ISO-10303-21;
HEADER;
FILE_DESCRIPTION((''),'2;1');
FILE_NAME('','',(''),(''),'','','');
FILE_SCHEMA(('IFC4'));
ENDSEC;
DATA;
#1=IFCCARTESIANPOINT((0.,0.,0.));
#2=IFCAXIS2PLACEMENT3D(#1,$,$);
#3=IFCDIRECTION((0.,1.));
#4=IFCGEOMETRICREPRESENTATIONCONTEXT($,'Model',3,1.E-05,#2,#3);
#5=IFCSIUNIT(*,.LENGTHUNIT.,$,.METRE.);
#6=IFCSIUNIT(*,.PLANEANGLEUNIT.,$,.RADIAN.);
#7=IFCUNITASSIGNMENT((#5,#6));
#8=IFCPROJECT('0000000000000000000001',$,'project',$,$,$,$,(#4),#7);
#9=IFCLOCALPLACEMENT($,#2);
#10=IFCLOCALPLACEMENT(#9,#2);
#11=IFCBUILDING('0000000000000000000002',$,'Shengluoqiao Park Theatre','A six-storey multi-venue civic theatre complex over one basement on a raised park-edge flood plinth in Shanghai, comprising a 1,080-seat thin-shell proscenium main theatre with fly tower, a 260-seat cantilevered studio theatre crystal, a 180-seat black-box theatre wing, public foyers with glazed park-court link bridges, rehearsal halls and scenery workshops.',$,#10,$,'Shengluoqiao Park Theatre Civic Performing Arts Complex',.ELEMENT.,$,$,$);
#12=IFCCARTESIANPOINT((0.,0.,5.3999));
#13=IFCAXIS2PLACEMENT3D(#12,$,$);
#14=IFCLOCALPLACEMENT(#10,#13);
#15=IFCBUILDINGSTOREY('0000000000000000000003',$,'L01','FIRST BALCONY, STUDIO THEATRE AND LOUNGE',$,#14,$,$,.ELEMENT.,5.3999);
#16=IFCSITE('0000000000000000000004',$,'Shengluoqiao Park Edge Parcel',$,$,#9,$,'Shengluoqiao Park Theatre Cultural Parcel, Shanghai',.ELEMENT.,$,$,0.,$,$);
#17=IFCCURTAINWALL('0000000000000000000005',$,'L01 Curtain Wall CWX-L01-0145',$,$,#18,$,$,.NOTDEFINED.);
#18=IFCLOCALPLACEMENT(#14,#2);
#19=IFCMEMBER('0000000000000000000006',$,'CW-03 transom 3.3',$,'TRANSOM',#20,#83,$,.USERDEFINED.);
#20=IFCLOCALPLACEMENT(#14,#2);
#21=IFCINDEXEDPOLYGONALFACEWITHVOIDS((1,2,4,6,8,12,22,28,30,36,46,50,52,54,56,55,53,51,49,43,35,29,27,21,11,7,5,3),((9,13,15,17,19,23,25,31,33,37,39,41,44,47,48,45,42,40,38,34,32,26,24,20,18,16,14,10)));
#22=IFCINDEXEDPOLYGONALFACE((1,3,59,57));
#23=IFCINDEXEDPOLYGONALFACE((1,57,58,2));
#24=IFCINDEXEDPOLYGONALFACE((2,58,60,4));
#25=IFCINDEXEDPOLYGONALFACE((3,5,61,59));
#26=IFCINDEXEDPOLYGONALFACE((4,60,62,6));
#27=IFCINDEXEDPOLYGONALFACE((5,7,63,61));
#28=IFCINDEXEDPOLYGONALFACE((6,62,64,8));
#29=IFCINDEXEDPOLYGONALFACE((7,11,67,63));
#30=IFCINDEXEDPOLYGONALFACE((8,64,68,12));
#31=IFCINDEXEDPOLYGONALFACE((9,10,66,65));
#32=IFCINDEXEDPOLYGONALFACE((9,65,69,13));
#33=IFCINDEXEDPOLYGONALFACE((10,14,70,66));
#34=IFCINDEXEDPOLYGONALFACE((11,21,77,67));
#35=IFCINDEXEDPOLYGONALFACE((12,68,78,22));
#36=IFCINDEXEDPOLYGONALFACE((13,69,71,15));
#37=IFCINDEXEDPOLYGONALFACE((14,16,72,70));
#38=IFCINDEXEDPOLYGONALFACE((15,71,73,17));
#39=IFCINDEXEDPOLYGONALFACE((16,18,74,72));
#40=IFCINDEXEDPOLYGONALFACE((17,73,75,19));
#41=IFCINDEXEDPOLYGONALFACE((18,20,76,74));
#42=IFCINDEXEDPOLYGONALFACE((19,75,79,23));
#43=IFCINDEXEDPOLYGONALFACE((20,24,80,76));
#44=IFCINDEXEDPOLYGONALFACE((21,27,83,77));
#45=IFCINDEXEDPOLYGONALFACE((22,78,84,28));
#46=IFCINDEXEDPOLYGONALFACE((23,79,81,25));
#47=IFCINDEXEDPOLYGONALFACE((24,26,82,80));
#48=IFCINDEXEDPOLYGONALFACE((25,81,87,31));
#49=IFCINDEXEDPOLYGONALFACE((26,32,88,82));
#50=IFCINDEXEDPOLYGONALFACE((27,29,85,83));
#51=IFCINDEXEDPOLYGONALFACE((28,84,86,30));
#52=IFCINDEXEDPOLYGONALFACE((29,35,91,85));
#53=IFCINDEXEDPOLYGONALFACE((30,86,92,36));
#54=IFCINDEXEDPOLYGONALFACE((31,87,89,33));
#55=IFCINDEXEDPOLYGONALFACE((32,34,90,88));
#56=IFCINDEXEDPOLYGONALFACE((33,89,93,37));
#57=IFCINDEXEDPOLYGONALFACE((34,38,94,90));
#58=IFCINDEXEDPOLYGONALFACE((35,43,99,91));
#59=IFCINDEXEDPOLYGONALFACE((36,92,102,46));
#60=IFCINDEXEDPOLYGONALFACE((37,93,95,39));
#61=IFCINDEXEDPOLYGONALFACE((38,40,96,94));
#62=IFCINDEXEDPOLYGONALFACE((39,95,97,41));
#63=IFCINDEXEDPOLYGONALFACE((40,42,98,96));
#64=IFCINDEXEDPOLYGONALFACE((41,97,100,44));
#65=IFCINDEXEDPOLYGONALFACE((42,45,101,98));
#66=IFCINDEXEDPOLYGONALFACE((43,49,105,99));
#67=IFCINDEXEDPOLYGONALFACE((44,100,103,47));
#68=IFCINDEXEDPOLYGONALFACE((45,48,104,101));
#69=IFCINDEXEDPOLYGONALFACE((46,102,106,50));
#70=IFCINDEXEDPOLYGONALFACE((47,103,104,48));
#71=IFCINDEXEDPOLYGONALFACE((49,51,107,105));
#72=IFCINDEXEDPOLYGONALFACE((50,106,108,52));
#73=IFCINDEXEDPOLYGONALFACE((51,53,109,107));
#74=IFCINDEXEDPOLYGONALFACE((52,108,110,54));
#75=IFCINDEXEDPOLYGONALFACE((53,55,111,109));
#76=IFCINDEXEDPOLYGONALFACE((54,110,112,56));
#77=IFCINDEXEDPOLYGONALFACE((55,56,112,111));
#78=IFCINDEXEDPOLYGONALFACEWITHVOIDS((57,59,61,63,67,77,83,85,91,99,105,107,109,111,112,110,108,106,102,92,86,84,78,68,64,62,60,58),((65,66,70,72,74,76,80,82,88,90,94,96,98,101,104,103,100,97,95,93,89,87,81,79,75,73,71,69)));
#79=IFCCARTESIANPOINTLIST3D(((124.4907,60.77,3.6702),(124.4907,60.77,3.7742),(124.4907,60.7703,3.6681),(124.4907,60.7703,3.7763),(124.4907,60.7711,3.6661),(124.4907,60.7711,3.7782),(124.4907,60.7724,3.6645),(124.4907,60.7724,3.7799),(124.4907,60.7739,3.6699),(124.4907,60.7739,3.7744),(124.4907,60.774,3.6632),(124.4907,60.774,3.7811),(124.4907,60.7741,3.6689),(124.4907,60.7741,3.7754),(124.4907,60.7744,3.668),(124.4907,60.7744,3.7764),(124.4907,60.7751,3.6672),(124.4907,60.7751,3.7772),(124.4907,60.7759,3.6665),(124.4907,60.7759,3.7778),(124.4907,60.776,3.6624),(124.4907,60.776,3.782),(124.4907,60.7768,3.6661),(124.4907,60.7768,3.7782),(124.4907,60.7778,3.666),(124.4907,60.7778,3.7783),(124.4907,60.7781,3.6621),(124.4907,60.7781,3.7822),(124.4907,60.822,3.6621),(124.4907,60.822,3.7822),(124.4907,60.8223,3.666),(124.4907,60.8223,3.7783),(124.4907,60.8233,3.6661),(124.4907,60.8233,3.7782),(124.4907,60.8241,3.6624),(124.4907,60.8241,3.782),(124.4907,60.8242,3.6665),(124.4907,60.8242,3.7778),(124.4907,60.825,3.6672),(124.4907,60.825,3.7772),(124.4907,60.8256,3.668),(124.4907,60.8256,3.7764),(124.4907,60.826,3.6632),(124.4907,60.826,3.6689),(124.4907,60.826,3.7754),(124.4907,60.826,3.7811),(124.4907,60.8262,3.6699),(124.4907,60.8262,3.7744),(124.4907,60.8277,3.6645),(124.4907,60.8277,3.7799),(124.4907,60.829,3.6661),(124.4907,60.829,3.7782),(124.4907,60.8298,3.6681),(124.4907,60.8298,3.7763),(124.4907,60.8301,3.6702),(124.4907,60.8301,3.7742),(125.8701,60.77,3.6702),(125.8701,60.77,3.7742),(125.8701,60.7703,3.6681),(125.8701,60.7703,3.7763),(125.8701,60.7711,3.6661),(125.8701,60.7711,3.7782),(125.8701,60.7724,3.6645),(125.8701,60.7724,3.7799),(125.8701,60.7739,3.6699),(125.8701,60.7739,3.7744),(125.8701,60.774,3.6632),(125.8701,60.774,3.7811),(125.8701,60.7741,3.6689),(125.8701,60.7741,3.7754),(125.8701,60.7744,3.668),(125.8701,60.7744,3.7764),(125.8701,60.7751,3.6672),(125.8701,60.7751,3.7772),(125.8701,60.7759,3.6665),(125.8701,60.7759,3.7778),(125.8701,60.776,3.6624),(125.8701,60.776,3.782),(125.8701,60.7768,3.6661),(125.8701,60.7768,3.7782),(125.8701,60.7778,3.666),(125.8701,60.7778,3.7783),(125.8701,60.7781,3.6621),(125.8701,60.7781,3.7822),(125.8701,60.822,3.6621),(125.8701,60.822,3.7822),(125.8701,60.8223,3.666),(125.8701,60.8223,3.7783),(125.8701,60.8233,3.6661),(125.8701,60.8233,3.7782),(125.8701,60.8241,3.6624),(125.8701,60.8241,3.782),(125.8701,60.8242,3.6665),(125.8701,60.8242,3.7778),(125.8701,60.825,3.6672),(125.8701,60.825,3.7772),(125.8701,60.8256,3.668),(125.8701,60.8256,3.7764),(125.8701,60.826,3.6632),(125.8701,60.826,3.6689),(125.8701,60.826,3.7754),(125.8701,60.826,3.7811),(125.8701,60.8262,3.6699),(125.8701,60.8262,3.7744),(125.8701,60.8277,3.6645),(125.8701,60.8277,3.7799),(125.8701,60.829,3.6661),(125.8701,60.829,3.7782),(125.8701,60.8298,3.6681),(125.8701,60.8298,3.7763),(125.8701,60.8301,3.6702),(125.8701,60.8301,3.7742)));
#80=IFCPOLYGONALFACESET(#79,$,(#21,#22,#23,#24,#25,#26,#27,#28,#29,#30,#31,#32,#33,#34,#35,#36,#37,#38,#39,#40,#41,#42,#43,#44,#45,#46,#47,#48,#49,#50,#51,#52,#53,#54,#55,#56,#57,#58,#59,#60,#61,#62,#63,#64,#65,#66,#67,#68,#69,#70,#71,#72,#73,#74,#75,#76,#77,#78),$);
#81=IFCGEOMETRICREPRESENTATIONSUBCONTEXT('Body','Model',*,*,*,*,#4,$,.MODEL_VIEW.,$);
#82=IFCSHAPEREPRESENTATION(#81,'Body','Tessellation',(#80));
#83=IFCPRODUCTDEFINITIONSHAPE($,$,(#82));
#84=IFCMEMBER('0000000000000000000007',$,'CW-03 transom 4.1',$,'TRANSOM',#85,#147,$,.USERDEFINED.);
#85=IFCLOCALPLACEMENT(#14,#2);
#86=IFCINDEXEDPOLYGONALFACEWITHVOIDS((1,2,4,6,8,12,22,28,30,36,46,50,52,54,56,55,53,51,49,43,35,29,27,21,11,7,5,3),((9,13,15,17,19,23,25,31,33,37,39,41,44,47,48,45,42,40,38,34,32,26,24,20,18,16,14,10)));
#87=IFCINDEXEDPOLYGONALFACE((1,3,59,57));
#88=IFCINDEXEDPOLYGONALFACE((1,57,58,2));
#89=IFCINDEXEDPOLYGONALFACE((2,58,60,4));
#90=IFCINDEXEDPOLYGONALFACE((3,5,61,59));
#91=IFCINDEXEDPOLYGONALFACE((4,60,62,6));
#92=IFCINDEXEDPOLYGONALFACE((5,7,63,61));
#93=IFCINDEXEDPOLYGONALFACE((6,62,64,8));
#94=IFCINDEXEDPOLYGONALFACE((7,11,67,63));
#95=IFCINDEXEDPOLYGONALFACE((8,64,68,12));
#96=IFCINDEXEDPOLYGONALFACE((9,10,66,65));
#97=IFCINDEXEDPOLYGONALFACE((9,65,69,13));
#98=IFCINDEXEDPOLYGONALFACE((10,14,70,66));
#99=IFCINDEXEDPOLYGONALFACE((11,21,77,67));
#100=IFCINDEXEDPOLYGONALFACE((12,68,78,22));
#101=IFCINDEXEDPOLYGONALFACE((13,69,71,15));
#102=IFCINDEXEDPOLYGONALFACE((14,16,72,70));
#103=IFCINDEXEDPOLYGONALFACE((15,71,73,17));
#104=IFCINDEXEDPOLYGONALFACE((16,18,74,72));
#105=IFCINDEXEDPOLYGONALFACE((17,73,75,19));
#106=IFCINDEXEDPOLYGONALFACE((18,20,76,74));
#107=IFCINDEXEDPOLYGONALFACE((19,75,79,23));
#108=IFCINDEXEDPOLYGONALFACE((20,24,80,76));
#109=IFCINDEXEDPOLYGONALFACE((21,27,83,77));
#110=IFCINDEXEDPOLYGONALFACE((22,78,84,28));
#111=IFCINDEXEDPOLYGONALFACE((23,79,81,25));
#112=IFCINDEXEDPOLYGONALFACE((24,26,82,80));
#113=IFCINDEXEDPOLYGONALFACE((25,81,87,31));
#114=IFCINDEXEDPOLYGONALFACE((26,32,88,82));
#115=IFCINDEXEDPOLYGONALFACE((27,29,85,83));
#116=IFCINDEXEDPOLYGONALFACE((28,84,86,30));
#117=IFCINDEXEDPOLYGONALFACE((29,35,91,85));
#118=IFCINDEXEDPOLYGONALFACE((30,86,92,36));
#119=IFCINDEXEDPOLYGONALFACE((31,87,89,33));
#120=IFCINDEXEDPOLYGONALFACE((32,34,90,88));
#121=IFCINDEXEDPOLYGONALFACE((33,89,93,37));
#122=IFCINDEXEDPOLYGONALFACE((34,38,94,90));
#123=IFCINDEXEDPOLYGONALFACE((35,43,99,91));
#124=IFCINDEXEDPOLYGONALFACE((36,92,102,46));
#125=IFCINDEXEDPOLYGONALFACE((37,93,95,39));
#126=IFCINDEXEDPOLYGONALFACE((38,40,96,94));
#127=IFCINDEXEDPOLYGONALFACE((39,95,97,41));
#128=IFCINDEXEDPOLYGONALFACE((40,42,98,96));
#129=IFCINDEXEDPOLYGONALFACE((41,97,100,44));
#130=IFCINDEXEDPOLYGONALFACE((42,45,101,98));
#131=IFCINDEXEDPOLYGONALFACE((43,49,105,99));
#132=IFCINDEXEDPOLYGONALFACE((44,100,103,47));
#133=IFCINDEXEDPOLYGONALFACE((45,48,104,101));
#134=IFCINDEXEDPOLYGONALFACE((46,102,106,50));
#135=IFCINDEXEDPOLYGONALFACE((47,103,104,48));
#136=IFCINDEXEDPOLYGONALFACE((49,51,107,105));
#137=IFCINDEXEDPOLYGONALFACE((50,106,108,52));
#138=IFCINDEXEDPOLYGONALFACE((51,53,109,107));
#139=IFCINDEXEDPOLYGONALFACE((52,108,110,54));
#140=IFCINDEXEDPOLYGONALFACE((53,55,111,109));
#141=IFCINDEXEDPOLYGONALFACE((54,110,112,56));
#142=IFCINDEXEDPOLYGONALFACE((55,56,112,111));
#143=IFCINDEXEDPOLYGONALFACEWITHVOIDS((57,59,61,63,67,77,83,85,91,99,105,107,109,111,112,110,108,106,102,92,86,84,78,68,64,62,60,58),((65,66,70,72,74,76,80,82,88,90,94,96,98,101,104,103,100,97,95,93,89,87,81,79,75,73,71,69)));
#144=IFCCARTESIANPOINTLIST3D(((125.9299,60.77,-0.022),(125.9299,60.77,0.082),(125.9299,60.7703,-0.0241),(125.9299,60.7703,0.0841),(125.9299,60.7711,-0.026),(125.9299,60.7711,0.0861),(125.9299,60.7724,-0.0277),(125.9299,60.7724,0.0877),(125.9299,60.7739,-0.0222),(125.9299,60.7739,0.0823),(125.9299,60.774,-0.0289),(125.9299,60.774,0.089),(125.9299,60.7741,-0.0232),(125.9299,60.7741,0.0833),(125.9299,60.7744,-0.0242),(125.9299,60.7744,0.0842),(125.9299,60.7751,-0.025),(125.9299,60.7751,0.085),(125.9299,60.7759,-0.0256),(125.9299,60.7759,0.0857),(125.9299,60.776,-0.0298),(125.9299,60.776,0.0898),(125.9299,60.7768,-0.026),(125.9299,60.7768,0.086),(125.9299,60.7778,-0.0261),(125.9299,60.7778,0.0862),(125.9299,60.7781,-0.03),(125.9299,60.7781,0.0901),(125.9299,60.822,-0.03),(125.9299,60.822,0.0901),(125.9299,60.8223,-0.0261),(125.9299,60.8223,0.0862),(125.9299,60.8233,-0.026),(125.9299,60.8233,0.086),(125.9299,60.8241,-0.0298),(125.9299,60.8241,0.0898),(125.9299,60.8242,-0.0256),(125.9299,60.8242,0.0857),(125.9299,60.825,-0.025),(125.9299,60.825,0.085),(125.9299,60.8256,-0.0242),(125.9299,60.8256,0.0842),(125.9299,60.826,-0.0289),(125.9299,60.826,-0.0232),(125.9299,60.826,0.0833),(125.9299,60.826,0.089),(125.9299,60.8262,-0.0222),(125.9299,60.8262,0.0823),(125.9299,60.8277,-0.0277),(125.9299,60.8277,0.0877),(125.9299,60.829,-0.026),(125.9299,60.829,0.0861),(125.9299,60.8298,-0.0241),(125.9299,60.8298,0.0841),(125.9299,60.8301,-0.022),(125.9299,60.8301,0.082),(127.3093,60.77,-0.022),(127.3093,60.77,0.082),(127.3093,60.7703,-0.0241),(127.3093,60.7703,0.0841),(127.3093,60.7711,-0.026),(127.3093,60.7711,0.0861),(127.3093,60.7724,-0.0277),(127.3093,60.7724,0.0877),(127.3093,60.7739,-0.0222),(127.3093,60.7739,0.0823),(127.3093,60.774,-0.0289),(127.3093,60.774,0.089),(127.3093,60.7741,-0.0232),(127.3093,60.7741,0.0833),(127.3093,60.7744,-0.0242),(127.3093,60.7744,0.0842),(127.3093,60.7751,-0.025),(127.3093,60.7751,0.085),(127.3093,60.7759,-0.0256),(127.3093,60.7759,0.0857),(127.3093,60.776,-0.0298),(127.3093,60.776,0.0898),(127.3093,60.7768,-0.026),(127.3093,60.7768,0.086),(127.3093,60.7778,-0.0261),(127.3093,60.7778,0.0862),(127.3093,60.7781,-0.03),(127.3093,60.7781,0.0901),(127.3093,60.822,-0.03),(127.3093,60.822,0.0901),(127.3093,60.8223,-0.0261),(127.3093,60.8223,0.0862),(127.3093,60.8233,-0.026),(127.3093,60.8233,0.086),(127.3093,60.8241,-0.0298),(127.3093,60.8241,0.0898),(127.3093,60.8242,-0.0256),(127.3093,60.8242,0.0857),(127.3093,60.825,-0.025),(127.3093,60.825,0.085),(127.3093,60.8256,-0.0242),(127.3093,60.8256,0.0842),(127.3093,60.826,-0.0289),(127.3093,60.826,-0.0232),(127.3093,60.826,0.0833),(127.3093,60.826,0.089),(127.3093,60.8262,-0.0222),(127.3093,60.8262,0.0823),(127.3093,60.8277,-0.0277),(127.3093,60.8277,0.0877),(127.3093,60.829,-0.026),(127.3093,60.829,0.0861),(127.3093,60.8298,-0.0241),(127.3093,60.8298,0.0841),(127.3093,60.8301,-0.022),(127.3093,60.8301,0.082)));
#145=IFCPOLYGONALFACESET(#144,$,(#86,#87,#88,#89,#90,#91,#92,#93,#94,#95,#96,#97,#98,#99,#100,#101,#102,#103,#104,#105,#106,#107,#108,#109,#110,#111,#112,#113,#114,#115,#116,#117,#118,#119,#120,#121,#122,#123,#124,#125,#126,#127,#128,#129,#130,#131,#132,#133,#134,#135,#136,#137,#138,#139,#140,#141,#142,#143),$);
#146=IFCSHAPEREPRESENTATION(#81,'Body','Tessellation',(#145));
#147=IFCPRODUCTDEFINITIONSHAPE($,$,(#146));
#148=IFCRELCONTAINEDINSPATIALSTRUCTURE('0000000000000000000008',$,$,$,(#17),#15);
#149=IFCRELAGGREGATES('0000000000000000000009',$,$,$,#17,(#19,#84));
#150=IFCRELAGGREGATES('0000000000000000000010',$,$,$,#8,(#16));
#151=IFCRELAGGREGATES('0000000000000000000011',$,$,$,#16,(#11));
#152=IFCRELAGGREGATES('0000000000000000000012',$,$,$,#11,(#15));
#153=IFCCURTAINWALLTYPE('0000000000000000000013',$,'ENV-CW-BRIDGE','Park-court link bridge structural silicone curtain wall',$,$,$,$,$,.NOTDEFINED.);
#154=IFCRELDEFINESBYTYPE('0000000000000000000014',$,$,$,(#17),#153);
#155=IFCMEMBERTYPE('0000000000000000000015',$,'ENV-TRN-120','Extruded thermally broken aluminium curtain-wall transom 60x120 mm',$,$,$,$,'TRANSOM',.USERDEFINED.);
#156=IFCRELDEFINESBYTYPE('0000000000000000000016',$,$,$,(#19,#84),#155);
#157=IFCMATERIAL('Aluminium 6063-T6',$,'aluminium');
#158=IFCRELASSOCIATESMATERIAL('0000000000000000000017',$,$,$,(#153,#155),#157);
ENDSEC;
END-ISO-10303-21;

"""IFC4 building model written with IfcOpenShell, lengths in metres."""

from ifc_helpers import new_model, si_unit, direction, frame, origin, origin_2d, place, context, subcontext, project, spatial, hollow_rectangle, extrude, material, material_profile, profile_set, type_object, element, aggregate, save


model = new_model("IFC4")

# Units and contexts
model_context = context("Model", 3, precision=1e-05, world=origin(), true_north=direction((0.0, 1.0)))
body_context = subcontext(model_context, "Body", "Model", "MODEL_VIEW")
ifc_project = project(units=[si_unit("LENGTHUNIT", "METRE"), si_unit("PLANEANGLEUNIT", "RADIAN")], contexts=[model_context])

# Site, building, storey
site_placement = place(None, origin())
site = spatial("IfcSite", under=ifc_project, at=site_placement, Name="Shengluoqiao Park Edge Parcel", LongName="Shengluoqiao Park Theatre Cultural Parcel, Shanghai", CompositionType="ELEMENT", RefElevation=0.0)
building_placement = place(site_placement, origin())
building = spatial("IfcBuilding", under=site, at=building_placement, Name="Shengluoqiao Park Theatre", Description="A six-storey multi-venue civic theatre complex over one basement on a raised park-edge flood plinth in Shanghai, comprising a 1,080-seat thin-shell proscenium main theatre with fly tower, a 260-seat cantilevered studio theatre crystal, a 180-seat black-box theatre wing, public foyers with glazed park-court link bridges, rehearsal halls and scenery workshops.", LongName="Shengluoqiao Park Theatre Civic Performing Arts Complex", CompositionType="ELEMENT")
storey_placement = place(building_placement, frame((0.0, 0.0, 5.3999)))
storey = spatial("IfcBuildingStorey", under=building, at=storey_placement, Name="L01", Description="FIRST BALCONY, STUDIO THEATRE AND LOUNGE", CompositionType="ELEMENT", Elevation=5.3999)

# Curtain wall, members
ifc_material_1 = material(Name="Aluminium 6063-T6", Category="aluminium")
curtain_wall_type = type_object("IfcCurtainWallType", Name="ENV-CW-BRIDGE", Description="Park-court link bridge structural silicone curtain wall", PredefinedType="NOTDEFINED", material=ifc_material_1)
curtain_wall_placement = place(storey_placement, origin())
curtain_wall = element("IfcCurtainWall", 1, at=curtain_wall_placement, inside=storey, type_object=curtain_wall_type, Name="L01 Curtain Wall CWX-L01-0145", PredefinedType="NOTDEFINED")
ifc_material_profile_1 = material_profile(ifc_material_1, hollow_rectangle(XDim=0.0601, YDim=0.1201, WallThickness=0.0039, InnerFilletRadius=0.0039, OuterFilletRadius=0.0081, at=origin_2d()), Name="ALU TRANSOM 120x60x4")
ifc_profile_set_1 = profile_set([ifc_material_profile_1], Name="Aluminium 6063-T6")
member_type_1 = type_object("IfcMemberType", Name="ENV-TRN-120", Description="Extruded thermally broken aluminium curtain-wall transom 60x120 mm", ElementType="TRANSOM", PredefinedType="USERDEFINED", material=ifc_profile_set_1)
member_1_placement = place(storey_placement, frame((124.4907, 60.8, 3.7222), z_axis=(1.0, 0.0, 0.0), x_axis=(0.0, 1.0, 0.0)))
member_1 = element("IfcMember", 2, at=member_1_placement, type_object=member_type_1, Name="CW-03 transom 3.3", ObjectType="TRANSOM", PredefinedType="USERDEFINED", context=body_context, shape_type="SweptSolid", body=[
    extrude(hollow_rectangle(XDim=0.0601, YDim=0.1201, WallThickness=0.0039, InnerFilletRadius=0.0039, OuterFilletRadius=0.0081, at=origin_2d()), origin(), (0.0, 0.0, 1.0), 1.3794),
])
member_2_placement = place(storey_placement, frame((125.9299, 60.8, 0.03), z_axis=(1.0, 0.0, 0.0), x_axis=(0.0, 1.0, 0.0)))
member_2 = element("IfcMember", 3, at=member_2_placement, type_object=member_type_1, Name="CW-03 transom 4.1", ObjectType="TRANSOM", PredefinedType="USERDEFINED", context=body_context, shape_type="SweptSolid", body=[
    extrude(hollow_rectangle(XDim=0.0601, YDim=0.1201, WallThickness=0.0039, InnerFilletRadius=0.0039, OuterFilletRadius=0.0081, at=origin_2d()), origin(), (0.0, 0.0, 1.0), 1.3794),
])

aggregate(curtain_wall, [member_1, member_2])

save(model, "model.ifc")
